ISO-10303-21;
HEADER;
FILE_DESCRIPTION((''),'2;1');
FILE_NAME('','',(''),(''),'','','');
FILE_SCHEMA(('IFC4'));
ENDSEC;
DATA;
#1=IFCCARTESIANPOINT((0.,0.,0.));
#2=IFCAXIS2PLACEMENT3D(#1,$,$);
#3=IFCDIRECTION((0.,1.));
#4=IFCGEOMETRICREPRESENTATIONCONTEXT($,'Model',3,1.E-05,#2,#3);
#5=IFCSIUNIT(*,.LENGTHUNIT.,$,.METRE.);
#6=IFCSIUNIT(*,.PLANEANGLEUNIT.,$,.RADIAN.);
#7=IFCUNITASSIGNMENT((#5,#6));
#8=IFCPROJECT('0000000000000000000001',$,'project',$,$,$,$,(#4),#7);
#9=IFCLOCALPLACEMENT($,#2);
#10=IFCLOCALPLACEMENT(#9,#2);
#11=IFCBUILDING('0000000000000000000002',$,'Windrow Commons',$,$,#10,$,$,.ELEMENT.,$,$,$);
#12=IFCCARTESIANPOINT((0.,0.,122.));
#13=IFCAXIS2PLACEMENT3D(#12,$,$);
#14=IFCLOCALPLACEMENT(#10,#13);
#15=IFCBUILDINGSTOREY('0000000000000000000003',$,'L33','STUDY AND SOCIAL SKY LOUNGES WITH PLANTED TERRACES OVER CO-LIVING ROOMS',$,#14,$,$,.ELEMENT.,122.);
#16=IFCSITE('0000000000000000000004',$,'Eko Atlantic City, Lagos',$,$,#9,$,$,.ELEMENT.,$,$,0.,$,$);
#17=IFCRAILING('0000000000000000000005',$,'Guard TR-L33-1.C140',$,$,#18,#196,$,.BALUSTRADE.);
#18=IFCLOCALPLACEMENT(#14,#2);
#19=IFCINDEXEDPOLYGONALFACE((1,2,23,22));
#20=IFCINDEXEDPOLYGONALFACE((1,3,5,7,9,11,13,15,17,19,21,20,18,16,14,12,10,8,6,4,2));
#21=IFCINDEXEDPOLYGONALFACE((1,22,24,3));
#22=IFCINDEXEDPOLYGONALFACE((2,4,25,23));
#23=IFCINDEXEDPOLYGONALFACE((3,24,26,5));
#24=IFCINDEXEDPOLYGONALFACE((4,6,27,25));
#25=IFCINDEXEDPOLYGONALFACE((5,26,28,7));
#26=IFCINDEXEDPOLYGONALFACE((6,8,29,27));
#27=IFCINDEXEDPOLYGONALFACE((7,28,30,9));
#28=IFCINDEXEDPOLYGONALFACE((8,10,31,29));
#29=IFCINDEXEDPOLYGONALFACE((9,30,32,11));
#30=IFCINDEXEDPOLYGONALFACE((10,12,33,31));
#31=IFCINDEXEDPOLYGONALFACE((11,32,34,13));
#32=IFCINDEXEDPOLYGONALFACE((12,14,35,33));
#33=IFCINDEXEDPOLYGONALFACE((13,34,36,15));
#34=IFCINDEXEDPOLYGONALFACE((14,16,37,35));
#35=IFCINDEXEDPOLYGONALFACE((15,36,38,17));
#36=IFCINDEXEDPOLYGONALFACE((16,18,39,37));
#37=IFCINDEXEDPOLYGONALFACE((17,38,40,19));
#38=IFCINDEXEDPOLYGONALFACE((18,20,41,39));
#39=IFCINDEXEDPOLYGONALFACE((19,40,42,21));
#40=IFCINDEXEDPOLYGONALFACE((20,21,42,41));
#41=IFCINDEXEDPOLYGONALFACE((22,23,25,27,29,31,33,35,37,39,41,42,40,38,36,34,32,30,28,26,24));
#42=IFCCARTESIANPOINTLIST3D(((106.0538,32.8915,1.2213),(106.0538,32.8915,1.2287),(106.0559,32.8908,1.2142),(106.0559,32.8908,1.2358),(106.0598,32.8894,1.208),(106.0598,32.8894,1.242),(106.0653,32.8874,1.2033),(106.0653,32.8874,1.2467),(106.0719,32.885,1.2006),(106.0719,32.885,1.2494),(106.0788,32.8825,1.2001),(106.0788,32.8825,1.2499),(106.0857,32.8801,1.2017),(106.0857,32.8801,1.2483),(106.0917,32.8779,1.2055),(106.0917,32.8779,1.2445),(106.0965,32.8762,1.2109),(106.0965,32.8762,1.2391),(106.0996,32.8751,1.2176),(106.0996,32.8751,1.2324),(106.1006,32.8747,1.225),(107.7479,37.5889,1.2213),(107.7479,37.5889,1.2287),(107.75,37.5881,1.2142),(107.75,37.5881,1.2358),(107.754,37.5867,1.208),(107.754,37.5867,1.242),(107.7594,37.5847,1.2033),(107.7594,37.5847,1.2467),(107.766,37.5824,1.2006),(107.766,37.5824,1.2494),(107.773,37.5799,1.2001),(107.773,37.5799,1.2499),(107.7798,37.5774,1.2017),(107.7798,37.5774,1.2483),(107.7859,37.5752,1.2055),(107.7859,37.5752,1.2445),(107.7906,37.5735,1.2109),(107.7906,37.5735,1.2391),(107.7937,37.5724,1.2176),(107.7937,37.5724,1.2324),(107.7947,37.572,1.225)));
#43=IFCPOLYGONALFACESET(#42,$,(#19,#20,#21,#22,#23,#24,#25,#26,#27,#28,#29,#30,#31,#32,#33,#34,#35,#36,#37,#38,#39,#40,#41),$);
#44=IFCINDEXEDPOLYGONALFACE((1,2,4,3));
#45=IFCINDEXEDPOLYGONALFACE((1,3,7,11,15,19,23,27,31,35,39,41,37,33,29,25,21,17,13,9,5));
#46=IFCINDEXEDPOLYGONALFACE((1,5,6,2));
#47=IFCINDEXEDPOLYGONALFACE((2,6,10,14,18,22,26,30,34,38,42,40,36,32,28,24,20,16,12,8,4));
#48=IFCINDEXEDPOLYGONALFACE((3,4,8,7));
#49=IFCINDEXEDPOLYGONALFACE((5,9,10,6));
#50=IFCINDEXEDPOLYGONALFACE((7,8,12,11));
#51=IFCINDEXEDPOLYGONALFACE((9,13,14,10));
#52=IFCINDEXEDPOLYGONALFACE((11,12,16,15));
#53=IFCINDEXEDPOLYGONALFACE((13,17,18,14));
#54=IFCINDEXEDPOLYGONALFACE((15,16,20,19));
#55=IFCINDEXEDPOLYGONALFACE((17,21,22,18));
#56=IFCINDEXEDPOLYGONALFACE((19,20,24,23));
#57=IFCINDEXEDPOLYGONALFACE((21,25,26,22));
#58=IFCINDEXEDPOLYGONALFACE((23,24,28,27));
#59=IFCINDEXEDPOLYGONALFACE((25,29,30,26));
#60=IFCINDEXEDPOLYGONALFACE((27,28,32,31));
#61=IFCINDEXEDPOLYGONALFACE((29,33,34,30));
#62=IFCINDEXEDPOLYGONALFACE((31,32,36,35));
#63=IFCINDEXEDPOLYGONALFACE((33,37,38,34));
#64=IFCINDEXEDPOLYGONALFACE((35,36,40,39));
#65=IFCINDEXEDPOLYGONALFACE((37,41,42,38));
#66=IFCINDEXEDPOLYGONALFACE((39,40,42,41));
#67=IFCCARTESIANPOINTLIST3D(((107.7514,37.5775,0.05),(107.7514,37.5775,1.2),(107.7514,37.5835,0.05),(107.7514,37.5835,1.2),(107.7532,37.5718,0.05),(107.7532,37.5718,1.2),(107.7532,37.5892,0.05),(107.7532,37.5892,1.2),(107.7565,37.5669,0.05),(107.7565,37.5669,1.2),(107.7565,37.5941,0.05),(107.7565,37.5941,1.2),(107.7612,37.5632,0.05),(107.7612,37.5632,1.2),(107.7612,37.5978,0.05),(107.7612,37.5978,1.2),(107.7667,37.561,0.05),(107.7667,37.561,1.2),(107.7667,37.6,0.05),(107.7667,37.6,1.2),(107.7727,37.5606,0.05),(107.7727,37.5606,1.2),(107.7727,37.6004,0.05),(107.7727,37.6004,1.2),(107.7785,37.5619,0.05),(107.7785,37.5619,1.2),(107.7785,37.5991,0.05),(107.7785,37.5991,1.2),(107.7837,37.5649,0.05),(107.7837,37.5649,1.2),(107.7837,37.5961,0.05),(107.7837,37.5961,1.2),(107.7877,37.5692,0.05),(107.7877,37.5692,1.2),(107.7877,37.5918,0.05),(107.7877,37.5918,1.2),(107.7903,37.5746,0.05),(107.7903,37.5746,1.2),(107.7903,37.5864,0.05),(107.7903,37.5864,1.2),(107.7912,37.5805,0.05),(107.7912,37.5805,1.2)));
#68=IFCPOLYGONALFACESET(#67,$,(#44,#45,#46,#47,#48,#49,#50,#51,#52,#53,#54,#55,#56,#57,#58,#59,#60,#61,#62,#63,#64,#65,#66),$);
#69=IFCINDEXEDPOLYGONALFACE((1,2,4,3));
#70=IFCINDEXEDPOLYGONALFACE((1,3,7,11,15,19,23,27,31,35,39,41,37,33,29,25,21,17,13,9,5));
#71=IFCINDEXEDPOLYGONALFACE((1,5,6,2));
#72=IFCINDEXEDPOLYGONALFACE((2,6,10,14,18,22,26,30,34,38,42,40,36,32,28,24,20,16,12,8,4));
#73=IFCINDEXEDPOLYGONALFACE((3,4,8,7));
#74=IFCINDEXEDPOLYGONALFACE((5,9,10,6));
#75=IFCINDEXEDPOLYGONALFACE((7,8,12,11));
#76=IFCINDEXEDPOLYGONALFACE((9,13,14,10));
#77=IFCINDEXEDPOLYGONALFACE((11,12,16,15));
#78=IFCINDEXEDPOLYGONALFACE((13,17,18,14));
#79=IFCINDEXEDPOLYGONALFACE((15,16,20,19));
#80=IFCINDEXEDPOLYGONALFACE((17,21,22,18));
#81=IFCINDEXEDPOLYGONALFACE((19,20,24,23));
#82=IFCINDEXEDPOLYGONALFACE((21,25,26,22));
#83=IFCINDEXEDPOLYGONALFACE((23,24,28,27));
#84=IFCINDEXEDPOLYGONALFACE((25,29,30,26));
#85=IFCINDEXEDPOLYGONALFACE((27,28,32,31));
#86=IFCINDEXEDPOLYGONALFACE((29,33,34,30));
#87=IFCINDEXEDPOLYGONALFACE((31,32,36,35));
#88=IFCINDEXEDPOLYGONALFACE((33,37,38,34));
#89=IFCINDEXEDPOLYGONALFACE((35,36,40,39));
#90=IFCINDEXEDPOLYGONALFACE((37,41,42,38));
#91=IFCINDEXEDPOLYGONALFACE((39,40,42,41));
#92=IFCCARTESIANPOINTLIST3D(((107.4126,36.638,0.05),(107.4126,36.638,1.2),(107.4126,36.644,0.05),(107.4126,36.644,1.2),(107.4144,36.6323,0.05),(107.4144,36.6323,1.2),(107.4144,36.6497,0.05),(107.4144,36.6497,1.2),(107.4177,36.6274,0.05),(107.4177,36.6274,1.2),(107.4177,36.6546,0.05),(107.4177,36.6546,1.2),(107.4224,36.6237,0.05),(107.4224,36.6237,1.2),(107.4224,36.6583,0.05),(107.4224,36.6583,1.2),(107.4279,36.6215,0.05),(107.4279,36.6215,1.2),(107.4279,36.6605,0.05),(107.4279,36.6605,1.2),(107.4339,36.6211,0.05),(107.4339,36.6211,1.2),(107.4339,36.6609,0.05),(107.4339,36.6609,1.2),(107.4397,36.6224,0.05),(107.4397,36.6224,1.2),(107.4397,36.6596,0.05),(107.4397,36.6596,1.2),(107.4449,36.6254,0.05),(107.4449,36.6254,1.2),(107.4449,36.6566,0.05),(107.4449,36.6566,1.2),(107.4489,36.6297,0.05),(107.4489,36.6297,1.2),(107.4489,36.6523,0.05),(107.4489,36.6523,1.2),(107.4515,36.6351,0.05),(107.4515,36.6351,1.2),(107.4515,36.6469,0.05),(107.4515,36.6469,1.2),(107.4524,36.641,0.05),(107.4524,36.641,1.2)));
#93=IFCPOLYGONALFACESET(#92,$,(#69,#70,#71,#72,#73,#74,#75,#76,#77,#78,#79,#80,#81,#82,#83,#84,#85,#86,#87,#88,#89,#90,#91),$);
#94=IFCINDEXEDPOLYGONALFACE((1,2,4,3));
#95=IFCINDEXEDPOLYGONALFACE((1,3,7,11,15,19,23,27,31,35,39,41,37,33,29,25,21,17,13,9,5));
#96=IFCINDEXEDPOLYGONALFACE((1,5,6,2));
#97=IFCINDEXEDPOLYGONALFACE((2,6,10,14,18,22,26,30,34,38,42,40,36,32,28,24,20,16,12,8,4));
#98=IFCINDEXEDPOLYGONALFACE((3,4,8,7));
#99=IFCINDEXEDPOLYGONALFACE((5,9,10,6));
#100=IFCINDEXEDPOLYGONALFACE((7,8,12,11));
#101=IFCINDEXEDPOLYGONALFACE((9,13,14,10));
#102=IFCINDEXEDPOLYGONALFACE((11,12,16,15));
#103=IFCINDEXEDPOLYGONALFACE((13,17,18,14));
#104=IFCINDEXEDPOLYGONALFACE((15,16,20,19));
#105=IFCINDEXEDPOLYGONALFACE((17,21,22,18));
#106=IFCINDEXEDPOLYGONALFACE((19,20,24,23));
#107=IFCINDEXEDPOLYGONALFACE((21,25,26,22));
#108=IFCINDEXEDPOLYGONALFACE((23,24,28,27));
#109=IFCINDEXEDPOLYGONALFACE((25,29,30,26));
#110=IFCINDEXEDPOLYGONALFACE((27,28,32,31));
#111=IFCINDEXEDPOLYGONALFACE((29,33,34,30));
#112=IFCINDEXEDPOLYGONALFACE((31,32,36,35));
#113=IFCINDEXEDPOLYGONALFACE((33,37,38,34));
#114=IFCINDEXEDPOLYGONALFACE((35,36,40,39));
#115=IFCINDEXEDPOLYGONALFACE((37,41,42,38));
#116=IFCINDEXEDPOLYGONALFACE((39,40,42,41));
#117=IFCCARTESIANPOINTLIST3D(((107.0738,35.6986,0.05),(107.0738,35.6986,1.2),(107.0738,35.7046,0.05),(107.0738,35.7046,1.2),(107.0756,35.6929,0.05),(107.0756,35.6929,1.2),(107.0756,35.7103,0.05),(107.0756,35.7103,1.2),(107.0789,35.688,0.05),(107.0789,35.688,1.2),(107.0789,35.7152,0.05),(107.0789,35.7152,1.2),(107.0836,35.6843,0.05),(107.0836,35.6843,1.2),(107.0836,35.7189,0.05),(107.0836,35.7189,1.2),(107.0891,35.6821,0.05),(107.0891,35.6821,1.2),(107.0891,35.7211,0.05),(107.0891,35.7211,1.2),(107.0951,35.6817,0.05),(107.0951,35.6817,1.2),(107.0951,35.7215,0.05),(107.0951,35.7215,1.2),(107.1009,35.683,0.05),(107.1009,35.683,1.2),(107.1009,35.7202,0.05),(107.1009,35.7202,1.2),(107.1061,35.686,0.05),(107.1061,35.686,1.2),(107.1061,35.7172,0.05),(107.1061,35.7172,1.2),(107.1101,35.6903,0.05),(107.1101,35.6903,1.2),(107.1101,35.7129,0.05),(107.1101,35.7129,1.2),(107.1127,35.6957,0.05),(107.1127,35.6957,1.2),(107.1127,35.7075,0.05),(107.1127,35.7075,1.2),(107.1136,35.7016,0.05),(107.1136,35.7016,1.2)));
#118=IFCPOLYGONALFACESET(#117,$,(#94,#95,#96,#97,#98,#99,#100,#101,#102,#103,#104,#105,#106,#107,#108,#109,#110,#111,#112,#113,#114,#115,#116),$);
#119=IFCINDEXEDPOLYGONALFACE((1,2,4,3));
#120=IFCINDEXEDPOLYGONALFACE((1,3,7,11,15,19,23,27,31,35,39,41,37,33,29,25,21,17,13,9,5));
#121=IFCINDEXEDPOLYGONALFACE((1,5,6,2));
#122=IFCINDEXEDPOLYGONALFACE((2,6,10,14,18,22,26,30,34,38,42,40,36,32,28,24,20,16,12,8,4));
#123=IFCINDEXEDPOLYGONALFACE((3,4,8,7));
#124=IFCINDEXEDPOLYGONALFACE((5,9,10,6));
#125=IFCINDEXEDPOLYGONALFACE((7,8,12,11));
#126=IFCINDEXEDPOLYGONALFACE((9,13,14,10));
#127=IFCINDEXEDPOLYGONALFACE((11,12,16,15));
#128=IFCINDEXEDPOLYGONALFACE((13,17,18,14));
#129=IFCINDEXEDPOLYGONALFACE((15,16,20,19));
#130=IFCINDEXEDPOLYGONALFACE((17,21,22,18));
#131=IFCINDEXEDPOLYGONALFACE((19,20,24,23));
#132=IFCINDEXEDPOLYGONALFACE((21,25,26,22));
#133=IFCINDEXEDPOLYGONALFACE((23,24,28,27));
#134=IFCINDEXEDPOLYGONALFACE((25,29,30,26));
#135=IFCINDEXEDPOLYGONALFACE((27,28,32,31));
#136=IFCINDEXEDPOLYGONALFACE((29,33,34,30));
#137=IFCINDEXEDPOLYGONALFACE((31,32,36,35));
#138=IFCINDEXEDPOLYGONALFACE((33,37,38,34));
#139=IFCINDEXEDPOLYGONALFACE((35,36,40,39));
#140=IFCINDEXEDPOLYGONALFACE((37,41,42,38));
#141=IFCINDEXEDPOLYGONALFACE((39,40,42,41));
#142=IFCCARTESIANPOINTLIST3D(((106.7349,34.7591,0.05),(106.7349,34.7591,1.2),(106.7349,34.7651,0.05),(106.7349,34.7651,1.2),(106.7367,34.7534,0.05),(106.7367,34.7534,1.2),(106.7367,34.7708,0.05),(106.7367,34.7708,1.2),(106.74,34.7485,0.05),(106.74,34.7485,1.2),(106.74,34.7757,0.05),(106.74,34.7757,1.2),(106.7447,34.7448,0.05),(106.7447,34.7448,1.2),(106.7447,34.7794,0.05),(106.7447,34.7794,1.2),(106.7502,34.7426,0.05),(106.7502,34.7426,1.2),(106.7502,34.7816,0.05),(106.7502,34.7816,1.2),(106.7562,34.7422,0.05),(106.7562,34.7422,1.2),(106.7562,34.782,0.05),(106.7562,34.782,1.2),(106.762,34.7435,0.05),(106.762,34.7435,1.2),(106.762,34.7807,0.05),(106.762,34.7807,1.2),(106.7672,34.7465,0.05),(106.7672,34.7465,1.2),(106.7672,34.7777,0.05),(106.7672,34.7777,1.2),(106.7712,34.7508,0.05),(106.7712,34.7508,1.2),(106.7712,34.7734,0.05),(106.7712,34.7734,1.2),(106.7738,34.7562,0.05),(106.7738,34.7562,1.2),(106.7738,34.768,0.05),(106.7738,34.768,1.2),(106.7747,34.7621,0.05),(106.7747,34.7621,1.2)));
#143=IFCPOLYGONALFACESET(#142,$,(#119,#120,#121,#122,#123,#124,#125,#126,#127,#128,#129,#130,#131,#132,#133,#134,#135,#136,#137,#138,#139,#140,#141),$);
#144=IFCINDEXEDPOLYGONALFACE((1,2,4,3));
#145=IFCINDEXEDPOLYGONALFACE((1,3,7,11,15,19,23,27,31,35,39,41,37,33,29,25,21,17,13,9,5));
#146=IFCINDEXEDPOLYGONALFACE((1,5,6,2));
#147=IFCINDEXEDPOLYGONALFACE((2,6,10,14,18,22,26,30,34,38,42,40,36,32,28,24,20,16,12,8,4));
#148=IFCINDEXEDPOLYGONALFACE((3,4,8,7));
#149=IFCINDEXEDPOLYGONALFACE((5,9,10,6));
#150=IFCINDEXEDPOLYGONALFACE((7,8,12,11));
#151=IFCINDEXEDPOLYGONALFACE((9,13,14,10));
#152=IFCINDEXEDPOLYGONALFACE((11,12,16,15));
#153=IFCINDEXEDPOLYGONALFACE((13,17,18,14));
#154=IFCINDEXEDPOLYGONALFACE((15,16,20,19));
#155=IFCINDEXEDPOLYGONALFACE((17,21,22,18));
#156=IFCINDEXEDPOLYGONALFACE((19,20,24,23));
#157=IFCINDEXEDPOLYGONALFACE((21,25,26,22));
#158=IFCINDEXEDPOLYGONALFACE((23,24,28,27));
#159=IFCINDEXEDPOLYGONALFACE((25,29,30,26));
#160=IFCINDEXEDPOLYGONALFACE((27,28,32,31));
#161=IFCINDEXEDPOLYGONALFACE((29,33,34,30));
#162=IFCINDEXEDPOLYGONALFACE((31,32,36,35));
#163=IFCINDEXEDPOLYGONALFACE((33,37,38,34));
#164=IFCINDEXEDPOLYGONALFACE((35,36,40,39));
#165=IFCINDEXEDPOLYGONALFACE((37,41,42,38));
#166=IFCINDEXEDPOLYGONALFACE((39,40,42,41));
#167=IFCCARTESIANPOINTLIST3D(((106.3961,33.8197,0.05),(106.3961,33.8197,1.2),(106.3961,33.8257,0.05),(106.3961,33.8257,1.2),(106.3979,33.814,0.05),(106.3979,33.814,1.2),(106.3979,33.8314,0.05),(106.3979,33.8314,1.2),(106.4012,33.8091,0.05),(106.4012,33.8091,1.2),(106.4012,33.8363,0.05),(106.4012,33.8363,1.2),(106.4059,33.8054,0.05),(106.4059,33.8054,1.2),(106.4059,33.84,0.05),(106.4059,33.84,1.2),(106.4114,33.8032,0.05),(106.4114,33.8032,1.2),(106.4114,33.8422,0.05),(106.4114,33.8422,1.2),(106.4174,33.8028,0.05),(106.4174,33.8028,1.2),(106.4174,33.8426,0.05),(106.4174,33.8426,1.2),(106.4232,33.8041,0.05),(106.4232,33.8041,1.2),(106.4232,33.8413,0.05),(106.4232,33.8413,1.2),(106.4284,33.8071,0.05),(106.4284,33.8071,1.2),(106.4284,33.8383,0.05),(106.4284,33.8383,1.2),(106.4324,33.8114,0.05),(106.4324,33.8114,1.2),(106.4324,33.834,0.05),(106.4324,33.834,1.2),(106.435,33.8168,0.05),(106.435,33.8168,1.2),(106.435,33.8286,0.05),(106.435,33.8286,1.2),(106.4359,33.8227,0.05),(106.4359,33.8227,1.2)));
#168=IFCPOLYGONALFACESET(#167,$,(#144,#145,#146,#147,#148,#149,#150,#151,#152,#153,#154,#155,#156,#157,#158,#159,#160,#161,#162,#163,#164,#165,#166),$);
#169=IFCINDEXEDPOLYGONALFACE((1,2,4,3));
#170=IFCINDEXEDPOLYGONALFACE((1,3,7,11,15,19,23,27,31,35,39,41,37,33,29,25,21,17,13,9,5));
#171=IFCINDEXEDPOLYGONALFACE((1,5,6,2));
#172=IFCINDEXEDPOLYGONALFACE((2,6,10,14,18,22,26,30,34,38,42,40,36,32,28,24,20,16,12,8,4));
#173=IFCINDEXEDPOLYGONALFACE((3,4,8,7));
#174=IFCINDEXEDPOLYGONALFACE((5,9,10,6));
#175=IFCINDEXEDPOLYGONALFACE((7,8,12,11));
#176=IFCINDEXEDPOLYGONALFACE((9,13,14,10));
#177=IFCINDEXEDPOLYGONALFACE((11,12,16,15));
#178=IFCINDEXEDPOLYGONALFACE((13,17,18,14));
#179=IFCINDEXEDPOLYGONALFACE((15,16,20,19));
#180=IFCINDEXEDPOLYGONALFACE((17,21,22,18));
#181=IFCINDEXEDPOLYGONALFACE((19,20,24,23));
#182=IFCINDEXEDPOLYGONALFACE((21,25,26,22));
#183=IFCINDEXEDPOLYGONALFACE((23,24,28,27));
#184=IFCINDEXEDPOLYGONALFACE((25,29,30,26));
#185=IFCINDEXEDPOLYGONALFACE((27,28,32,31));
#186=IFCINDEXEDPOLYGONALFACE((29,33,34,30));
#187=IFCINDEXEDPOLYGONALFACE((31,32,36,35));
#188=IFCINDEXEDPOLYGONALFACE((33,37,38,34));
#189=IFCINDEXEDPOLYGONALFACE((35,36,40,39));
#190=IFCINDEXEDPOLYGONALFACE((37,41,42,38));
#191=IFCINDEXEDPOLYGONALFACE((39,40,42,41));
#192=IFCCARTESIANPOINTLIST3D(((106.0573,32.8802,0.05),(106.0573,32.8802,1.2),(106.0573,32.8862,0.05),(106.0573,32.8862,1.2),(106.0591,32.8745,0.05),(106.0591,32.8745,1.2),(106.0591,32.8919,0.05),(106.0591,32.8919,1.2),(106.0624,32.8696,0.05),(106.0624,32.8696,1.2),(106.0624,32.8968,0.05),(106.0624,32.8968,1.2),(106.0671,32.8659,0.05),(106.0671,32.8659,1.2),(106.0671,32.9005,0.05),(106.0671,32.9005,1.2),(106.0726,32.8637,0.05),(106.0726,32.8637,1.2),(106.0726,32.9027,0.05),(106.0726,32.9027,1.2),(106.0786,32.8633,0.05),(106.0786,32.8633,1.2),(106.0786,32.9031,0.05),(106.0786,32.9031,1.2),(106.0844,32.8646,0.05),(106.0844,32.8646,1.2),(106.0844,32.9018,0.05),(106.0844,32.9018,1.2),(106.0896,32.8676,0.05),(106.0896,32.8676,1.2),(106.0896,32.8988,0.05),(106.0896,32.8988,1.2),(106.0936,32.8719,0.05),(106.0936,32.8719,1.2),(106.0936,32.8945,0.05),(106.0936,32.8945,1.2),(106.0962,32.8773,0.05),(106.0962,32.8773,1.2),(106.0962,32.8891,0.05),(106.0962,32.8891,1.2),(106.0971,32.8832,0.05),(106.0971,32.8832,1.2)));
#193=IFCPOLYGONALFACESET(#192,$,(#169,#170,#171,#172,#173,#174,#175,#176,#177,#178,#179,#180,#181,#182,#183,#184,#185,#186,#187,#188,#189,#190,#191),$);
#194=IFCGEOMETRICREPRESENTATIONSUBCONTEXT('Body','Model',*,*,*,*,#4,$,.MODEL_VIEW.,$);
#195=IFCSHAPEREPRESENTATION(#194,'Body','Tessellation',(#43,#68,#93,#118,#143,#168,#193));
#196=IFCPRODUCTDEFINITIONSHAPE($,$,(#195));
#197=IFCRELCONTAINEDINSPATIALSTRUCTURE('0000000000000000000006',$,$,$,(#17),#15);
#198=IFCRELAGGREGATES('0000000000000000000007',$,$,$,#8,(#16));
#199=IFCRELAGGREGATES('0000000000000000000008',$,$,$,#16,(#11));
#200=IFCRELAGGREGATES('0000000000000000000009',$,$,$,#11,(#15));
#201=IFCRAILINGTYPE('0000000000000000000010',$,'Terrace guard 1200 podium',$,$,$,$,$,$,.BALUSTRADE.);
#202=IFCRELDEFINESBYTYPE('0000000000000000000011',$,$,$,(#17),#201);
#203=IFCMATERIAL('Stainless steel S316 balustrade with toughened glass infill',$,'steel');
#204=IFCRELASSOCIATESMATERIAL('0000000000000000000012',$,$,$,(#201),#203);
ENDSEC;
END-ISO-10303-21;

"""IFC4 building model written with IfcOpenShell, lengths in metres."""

from ifc_helpers import new_model, si_unit, direction, frame, origin, origin_2d, place, context, subcontext, project, spatial, circle, extrude, material, type_object, element, save


model = new_model("IFC4")

# Units and contexts
model_context = context("Model", 3, precision=1e-05, world=origin(), true_north=direction((0.0, 1.0)))
body_context = subcontext(model_context, "Body", "Model", "MODEL_VIEW")
ifc_project = project(units=[si_unit("LENGTHUNIT", "METRE"), si_unit("PLANEANGLEUNIT", "RADIAN")], contexts=[model_context])

# Site, building, storey
site_placement = place(None, origin())
site = spatial("IfcSite", under=ifc_project, at=site_placement, Name="Eko Atlantic City, Lagos", CompositionType="ELEMENT", RefElevation=0.0)
building_placement = place(site_placement, origin())
building = spatial("IfcBuilding", under=site, at=building_placement, Name="Windrow Commons", CompositionType="ELEMENT")
storey_placement = place(building_placement, frame((0.0, 0.0, 122.0)))
storey = spatial("IfcBuildingStorey", under=building, at=storey_placement, Name="L33", Description="STUDY AND SOCIAL SKY LOUNGES WITH PLANTED TERRACES OVER CO-LIVING ROOMS", CompositionType="ELEMENT", Elevation=122.0)

# Railing
ifc_material_1 = material(Name="Stainless steel S316 balustrade with toughened glass infill", Category="steel")
railing_type = type_object("IfcRailingType", Name="Terrace guard 1200 podium", PredefinedType="BALUSTRADE", material=ifc_material_1)
railing_1_placement = place(storey_placement, frame((107.7712, 37.5805, 0.05)))
element("IfcRailing", 1, at=railing_1_placement, inside=storey, type_object=railing_type, Name="Guard TR-L33-1.C140", PredefinedType="BALUSTRADE", context=body_context, shape_type="SweptSolid", body=[
    extrude(circle(Radius=0.025, at=origin_2d()), frame((0.0, 0.0, 1.175), z_axis=(-0.339264, -0.940691, 0.0), x_axis=(0.940691, -0.339264, 0.0)), (0.0, 0.0, 1.0), 4.9935),
    extrude(circle(Radius=0.02, at=origin_2d()), origin(), (0.0, 0.0, 1.0), 1.15),
    extrude(circle(Radius=0.02, at=origin_2d()), frame((-0.3388, -0.9395, 0.0)), (0.0, 0.0, 1.0), 1.15),
    extrude(circle(Radius=0.02, at=origin_2d()), frame((-0.6776, -1.8789, 0.0)), (0.0, 0.0, 1.0), 1.15),
    extrude(circle(Radius=0.02, at=origin_2d()), frame((-1.0165, -2.8184, 0.0)), (0.0, 0.0, 1.0), 1.15),
    extrude(circle(Radius=0.02, at=origin_2d()), frame((-1.3553, -3.7578, 0.0)), (0.0, 0.0, 1.0), 1.15),
    extrude(circle(Radius=0.02, at=origin_2d()), frame((-1.6941, -4.6973, 0.0)), (0.0, 0.0, 1.0), 1.15),
])

save(model, "model.ifc")
